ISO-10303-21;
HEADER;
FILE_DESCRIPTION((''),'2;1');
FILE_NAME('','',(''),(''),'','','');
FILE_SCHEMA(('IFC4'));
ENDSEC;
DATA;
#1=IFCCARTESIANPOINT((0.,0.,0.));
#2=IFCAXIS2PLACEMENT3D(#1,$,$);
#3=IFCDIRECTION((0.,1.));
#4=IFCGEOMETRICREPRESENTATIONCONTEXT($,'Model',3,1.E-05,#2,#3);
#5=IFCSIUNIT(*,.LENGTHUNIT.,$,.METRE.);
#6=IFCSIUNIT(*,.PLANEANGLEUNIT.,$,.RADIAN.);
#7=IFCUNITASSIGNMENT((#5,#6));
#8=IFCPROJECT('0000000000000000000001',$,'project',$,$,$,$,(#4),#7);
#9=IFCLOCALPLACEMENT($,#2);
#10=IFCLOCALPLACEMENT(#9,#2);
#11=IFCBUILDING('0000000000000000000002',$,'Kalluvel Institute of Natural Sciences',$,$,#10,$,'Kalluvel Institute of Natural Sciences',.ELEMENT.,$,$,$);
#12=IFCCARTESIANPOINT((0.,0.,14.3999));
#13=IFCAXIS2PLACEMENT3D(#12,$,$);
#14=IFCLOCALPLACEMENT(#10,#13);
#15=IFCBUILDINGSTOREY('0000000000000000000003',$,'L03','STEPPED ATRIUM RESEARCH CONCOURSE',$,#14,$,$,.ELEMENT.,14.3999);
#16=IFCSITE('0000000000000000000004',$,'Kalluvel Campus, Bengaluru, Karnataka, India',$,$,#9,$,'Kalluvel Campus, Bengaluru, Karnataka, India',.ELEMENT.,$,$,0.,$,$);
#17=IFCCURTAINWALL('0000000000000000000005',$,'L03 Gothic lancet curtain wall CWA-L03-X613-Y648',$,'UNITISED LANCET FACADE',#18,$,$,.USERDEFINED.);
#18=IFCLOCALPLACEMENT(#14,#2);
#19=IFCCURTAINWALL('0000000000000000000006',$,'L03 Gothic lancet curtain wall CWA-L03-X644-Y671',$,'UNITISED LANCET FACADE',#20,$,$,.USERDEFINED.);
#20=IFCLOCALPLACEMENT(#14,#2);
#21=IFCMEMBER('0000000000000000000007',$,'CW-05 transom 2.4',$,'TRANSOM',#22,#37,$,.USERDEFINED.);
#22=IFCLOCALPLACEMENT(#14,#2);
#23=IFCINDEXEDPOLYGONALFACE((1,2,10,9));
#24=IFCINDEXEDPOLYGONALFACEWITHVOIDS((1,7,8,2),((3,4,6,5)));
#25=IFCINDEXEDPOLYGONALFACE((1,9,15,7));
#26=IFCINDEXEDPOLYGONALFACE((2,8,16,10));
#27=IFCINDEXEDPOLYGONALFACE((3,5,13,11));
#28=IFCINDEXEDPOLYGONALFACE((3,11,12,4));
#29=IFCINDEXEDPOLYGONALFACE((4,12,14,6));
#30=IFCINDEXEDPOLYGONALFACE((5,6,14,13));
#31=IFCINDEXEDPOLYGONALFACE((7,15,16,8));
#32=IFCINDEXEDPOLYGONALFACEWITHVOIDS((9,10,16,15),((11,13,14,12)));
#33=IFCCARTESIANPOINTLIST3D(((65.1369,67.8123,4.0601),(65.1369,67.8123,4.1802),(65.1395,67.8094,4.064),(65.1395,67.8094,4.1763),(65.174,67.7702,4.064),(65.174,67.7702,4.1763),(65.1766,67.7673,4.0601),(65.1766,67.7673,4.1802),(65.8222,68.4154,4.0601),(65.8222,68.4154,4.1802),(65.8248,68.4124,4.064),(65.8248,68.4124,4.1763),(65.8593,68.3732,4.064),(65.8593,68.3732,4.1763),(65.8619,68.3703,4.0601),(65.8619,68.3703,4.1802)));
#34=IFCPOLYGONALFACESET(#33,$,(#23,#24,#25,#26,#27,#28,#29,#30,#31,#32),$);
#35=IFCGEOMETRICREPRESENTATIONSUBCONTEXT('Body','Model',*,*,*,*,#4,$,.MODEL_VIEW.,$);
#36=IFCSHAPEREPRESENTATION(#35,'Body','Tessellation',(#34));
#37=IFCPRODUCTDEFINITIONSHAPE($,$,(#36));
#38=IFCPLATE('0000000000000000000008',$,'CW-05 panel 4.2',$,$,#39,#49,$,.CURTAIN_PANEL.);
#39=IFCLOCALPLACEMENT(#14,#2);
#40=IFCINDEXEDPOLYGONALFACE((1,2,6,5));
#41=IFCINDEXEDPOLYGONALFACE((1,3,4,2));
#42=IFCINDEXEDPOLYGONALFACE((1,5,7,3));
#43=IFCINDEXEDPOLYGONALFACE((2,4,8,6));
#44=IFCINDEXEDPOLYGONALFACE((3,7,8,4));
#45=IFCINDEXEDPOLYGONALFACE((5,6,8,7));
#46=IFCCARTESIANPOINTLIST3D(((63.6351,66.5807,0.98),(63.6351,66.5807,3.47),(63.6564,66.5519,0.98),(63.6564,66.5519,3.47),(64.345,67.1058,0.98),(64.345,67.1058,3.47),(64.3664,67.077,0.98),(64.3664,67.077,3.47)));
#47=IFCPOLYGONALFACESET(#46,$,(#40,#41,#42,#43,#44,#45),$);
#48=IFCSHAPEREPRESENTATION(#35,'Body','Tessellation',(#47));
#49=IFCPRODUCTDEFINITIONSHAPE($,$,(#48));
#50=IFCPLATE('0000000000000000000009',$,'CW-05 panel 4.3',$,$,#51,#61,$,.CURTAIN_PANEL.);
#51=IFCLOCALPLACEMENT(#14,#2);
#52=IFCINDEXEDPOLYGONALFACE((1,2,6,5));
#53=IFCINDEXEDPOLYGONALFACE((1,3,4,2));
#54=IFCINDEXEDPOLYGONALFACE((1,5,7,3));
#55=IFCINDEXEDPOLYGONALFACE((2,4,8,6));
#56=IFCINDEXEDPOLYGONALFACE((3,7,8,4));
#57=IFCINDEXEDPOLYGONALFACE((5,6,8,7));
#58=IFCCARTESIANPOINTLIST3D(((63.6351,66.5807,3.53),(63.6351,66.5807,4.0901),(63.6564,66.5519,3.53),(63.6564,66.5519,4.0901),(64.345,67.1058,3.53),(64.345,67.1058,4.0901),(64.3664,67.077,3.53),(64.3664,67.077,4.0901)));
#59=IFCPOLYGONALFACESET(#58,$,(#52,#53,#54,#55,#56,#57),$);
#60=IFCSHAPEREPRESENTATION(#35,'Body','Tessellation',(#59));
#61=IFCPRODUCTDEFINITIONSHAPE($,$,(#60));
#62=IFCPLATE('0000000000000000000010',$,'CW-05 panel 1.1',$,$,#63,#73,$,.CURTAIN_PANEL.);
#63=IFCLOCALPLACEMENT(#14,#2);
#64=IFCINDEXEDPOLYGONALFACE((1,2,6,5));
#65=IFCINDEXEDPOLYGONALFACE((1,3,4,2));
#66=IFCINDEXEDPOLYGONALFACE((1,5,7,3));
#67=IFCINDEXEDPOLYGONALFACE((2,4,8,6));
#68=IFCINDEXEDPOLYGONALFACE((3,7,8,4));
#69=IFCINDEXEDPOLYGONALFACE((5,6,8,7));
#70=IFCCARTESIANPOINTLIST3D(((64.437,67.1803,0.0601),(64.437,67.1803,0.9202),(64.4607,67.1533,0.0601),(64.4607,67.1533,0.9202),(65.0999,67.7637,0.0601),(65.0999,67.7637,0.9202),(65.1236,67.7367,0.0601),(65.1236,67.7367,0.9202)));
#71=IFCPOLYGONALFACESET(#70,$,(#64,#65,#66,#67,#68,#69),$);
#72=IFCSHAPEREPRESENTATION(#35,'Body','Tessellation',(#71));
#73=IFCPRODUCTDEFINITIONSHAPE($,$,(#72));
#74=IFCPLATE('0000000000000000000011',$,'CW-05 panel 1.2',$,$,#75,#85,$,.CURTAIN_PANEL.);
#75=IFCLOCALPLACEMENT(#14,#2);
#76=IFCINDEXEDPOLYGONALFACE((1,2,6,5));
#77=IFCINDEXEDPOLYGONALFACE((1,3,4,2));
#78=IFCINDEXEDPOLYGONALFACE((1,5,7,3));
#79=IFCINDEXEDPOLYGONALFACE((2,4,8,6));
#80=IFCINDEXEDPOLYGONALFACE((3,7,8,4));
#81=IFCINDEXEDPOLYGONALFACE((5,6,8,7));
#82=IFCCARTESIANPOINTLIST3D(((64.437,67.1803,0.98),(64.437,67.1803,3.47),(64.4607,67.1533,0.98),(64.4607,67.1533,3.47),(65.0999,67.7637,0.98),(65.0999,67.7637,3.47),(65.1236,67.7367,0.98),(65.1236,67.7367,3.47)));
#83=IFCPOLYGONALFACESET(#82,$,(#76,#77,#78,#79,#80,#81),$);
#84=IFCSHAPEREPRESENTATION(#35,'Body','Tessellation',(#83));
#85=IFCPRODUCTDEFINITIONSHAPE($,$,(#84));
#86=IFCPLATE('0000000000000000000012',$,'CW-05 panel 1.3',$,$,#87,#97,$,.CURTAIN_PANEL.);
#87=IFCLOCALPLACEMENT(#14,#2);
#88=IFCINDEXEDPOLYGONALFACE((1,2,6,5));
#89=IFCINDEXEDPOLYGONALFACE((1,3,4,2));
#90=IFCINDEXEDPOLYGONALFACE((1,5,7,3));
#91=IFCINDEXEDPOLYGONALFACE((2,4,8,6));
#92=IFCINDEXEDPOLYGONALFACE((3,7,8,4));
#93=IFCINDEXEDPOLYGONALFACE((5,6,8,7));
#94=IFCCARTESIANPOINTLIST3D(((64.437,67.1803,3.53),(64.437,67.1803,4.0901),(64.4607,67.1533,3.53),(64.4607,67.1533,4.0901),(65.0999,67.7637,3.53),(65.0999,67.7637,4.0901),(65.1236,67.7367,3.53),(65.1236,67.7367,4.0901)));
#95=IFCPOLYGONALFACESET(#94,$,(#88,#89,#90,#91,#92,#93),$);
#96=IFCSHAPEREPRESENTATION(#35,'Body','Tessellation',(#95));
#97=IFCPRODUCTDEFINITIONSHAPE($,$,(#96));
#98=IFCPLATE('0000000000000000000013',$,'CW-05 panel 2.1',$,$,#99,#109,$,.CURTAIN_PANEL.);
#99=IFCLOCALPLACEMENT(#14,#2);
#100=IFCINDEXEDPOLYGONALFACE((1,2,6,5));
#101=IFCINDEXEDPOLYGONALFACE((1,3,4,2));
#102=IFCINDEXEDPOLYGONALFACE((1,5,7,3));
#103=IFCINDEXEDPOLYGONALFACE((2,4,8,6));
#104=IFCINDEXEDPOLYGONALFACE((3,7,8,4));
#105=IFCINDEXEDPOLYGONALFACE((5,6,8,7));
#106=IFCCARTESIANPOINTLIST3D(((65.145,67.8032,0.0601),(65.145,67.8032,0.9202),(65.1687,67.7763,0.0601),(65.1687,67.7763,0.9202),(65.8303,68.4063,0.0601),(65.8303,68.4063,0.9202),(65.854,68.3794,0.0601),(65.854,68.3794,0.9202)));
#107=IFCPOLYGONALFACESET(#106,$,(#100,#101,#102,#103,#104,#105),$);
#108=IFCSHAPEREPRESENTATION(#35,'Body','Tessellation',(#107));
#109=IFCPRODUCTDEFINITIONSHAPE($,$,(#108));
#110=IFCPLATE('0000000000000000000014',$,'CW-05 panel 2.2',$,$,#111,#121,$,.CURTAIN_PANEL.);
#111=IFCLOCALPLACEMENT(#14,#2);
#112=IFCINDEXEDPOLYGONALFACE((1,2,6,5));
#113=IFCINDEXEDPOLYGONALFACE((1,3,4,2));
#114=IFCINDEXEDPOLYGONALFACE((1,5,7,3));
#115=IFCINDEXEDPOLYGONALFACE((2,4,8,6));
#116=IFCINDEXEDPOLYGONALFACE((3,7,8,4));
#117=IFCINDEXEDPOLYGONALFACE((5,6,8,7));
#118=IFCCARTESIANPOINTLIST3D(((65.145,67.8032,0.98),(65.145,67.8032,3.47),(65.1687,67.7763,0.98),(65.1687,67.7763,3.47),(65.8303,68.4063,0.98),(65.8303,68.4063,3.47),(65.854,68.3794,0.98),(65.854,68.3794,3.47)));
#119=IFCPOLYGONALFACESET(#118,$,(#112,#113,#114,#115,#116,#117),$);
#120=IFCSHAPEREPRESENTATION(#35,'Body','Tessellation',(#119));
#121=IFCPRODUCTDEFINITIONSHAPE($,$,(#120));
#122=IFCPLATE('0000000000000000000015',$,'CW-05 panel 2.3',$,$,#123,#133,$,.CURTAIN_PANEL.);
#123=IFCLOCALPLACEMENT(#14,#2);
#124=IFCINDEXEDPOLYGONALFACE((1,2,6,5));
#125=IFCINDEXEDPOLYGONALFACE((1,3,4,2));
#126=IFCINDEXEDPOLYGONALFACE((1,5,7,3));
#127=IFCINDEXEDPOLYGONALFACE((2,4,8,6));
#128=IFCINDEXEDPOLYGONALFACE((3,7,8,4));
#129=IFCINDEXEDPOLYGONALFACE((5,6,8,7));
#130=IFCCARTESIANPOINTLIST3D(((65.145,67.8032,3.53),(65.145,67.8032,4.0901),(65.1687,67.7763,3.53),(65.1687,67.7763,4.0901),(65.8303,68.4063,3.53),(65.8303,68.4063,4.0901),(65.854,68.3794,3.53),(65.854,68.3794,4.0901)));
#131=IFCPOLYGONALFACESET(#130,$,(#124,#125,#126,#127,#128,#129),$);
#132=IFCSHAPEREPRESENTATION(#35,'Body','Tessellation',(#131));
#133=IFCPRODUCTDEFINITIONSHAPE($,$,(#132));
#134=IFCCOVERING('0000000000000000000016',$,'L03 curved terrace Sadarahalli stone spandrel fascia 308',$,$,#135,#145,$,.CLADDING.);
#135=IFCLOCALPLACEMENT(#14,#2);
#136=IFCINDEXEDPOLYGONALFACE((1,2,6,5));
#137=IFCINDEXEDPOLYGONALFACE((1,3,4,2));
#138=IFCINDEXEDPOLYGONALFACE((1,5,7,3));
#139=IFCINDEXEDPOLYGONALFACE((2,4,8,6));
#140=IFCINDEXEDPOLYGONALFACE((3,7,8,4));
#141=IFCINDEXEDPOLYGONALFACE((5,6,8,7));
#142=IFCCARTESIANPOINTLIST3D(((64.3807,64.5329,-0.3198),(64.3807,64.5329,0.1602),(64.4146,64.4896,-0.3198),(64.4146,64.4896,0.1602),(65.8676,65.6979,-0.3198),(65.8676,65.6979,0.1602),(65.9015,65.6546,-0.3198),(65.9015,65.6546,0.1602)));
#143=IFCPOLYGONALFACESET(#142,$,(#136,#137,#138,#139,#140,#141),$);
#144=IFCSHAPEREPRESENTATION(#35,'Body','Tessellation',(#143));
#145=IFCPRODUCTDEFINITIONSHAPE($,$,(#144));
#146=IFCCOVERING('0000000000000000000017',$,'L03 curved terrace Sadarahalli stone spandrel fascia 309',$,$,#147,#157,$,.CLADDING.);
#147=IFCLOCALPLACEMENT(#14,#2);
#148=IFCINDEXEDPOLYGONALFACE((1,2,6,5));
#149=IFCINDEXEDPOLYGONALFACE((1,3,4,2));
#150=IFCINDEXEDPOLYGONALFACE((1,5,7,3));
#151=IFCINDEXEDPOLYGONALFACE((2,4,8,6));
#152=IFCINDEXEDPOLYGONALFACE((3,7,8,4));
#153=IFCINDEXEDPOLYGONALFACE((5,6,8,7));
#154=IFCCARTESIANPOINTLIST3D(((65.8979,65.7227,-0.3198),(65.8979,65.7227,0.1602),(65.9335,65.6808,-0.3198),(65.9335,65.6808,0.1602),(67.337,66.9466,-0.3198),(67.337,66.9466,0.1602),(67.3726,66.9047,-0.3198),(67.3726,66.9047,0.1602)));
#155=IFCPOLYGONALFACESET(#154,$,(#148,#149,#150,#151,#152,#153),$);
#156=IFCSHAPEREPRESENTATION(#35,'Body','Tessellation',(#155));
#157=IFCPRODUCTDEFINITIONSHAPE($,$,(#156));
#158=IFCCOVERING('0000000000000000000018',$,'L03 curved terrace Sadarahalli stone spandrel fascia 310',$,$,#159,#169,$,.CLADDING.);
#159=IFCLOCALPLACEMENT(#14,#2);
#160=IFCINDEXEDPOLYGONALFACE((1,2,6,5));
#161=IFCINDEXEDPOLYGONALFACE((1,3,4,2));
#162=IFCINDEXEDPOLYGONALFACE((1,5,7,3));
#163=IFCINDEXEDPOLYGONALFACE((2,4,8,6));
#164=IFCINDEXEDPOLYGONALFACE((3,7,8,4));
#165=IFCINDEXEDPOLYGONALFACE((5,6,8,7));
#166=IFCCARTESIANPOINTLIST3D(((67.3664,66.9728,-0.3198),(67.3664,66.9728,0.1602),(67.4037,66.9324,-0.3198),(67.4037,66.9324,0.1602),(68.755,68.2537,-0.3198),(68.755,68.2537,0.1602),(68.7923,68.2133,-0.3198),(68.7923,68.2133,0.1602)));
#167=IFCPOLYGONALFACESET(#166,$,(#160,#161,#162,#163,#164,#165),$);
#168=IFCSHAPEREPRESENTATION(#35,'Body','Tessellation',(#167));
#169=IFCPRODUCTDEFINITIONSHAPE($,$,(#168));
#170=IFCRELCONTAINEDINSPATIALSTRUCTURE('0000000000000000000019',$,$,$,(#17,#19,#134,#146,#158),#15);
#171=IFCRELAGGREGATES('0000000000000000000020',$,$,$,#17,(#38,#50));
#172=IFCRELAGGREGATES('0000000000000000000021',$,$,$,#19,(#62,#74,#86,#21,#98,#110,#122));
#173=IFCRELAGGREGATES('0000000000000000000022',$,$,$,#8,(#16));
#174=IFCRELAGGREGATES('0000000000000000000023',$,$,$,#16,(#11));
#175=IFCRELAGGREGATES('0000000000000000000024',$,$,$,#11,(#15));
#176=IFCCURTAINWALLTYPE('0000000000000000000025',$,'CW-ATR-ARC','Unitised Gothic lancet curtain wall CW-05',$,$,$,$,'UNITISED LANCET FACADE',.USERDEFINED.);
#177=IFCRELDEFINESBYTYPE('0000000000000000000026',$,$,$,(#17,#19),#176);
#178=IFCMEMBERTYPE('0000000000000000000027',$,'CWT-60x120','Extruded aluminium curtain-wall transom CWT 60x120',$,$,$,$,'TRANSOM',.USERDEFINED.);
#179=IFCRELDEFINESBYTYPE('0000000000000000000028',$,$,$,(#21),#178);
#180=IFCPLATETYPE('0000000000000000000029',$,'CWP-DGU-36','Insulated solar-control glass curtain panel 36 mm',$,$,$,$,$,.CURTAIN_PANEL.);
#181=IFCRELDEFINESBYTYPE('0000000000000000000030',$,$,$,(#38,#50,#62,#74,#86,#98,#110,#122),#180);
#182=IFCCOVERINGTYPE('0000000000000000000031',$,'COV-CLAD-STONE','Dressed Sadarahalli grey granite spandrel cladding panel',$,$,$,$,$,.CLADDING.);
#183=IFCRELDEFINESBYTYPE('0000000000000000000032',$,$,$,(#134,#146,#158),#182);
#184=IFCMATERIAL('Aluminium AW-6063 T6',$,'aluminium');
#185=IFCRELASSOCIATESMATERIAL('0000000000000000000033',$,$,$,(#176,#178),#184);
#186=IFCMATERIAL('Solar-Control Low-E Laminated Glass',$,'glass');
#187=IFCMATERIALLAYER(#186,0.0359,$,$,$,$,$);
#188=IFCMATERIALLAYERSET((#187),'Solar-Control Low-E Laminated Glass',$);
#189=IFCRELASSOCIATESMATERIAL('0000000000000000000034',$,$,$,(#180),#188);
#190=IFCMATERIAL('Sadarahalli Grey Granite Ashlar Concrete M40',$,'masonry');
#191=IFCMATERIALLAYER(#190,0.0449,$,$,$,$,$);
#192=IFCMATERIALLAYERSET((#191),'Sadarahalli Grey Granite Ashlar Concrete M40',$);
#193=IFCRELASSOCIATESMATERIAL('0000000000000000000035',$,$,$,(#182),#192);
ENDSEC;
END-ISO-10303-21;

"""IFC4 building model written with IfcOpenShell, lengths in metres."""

from ifc_helpers import new_model, si_unit, direction, frame, origin, origin_2d, place, context, subcontext, project, spatial, rectangle, hollow_rectangle, extrude, material, layer, layer_set, material_profile, profile_set, type_object, element, aggregate, save


model = new_model("IFC4")

# Units and contexts
model_context = context("Model", 3, precision=1e-05, world=origin(), true_north=direction((0.0, 1.0)))
body_context = subcontext(model_context, "Body", "Model", "MODEL_VIEW")
ifc_project = project(units=[si_unit("LENGTHUNIT", "METRE"), si_unit("PLANEANGLEUNIT", "RADIAN")], contexts=[model_context])

# Site, building, storey
site_placement = place(None, origin())
site = spatial("IfcSite", under=ifc_project, at=site_placement, Name="Kalluvel Campus, Bengaluru, Karnataka, India", LongName="Kalluvel Campus, Bengaluru, Karnataka, India", CompositionType="ELEMENT", RefElevation=0.0)
building_placement = place(site_placement, origin())
building = spatial("IfcBuilding", under=site, at=building_placement, Name="Kalluvel Institute of Natural Sciences", LongName="Kalluvel Institute of Natural Sciences", CompositionType="ELEMENT")
storey_placement = place(building_placement, frame((0.0, 0.0, 14.3999)))
storey = spatial("IfcBuildingStorey", under=building, at=storey_placement, Name="L03", Description="STEPPED ATRIUM RESEARCH CONCOURSE", CompositionType="ELEMENT", Elevation=14.3999)

# Curtain wall
ifc_material_1 = material(Name="Aluminium AW-6063 T6", Category="aluminium")
curtain_wall_type = type_object("IfcCurtainWallType", Name="CW-ATR-ARC", Description="Unitised Gothic lancet curtain wall CW-05", ElementType="UNITISED LANCET FACADE", PredefinedType="USERDEFINED", material=ifc_material_1)
curtain_wall_1_placement = place(storey_placement, origin())
curtain_wall_1 = element("IfcCurtainWall", 1, at=curtain_wall_1_placement, inside=storey, type_object=curtain_wall_type, Name="L03 Gothic lancet curtain wall CWA-L03-X613-Y648", ObjectType="UNITISED LANCET FACADE", PredefinedType="USERDEFINED")

# Curtain wall, member
curtain_wall_2_placement = place(storey_placement, origin())
curtain_wall_2 = element("IfcCurtainWall", 2, at=curtain_wall_2_placement, inside=storey, type_object=curtain_wall_type, Name="L03 Gothic lancet curtain wall CWA-L03-X644-Y671", ObjectType="UNITISED LANCET FACADE", PredefinedType="USERDEFINED")
ifc_material_profile_1 = material_profile(ifc_material_1, hollow_rectangle(XDim=0.0601, YDim=0.1201, WallThickness=0.0039, at=origin_2d()), Name="CWT 60x120")
ifc_profile_set_1 = profile_set([ifc_material_profile_1], Name="Aluminium AW-6063 T6")
member_type_1 = type_object("IfcMemberType", Name="CWT-60x120", Description="Extruded aluminium curtain-wall transom CWT 60x120", ElementType="TRANSOM", PredefinedType="USERDEFINED", material=ifc_profile_set_1)
member_1_placement = place(storey_placement, frame((65.1567, 67.7898, 4.1201), z_axis=(0.750735, 0.660604, 0.0), x_axis=(-0.660604, 0.750735, 0.0)))
member_1 = element("IfcMember", 3, at=member_1_placement, type_object=member_type_1, Name="CW-05 transom 2.4", ObjectType="TRANSOM", PredefinedType="USERDEFINED", context=body_context, shape_type="SweptSolid", body=[
    extrude(hollow_rectangle(XDim=0.0601, YDim=0.1201, WallThickness=0.0039, at=origin_2d()), origin(), (0.0, 0.0, 1.0), 0.9128),
])

# Plates
ifc_material_2 = material(Name="Solar-Control Low-E Laminated Glass", Category="glass")
ifc_layer_1 = layer(ifc_material_2, 0.0359)
ifc_layer_set_1 = layer_set([ifc_layer_1], Name="Solar-Control Low-E Laminated Glass")
plate_type = type_object("IfcPlateType", Name="CWP-DGU-36", Description="Insulated solar-control glass curtain panel 36 mm", PredefinedType="CURTAIN_PANEL", material=ifc_layer_set_1)
plate_1_placement = place(storey_placement, frame((64.0007, 66.8289, 0.98), z_axis=(0.0, 0.0, 1.0), x_axis=(0.803993, 0.594638, 0.0)))
plate_1 = element("IfcPlate", 4, at=plate_1_placement, type_object=plate_type, Name="CW-05 panel 4.2", PredefinedType="CURTAIN_PANEL", context=body_context, shape_type="SweptSolid", body=[
    extrude(rectangle(XDim=0.8831, YDim=0.0359, at=origin_2d()), origin(), (0.0, 0.0, 1.0), 2.49),
])
plate_2_placement = place(storey_placement, frame((64.0007, 66.8289, 3.53), z_axis=(0.0, 0.0, 1.0), x_axis=(0.803993, 0.594638, 0.0)))
plate_2 = element("IfcPlate", 5, at=plate_2_placement, type_object=plate_type, Name="CW-05 panel 4.3", PredefinedType="CURTAIN_PANEL", context=body_context, shape_type="SweptSolid", body=[
    extrude(rectangle(XDim=0.8831, YDim=0.0359, at=origin_2d()), origin(), (0.0, 0.0, 1.0), 0.5601),
])
aggregate(curtain_wall_1, [plate_1, plate_2])
plate_3_placement = place(storey_placement, frame((64.7803, 67.4585, 0.0601), z_axis=(0.0, 0.0, 1.0), x_axis=(0.750678, 0.660668, 0.0)))
plate_3 = element("IfcPlate", 6, at=plate_3_placement, type_object=plate_type, Name="CW-05 panel 1.1", PredefinedType="CURTAIN_PANEL", context=body_context, shape_type="SweptSolid", body=[
    extrude(rectangle(XDim=0.8831, YDim=0.0359, at=origin_2d()), origin(), (0.0, 0.0, 1.0), 0.8601),
])
plate_4_placement = place(storey_placement, frame((64.7803, 67.4585, 0.98), z_axis=(0.0, 0.0, 1.0), x_axis=(0.750678, 0.660668, 0.0)))
plate_4 = element("IfcPlate", 7, at=plate_4_placement, type_object=plate_type, Name="CW-05 panel 1.2", PredefinedType="CURTAIN_PANEL", context=body_context, shape_type="SweptSolid", body=[
    extrude(rectangle(XDim=0.8831, YDim=0.0359, at=origin_2d()), origin(), (0.0, 0.0, 1.0), 2.49),
])
plate_5_placement = place(storey_placement, frame((64.7803, 67.4585, 3.53), z_axis=(0.0, 0.0, 1.0), x_axis=(0.750678, 0.660668, 0.0)))
plate_5 = element("IfcPlate", 8, at=plate_5_placement, type_object=plate_type, Name="CW-05 panel 1.3", PredefinedType="CURTAIN_PANEL", context=body_context, shape_type="SweptSolid", body=[
    extrude(rectangle(XDim=0.8831, YDim=0.0359, at=origin_2d()), origin(), (0.0, 0.0, 1.0), 0.5601),
])
plate_6_placement = place(storey_placement, frame((65.4995, 68.0913, 0.0601), z_axis=(0.0, 0.0, 1.0), x_axis=(0.750678, 0.660668, 0.0)))
plate_6 = element("IfcPlate", 9, at=plate_6_placement, type_object=plate_type, Name="CW-05 panel 2.1", PredefinedType="CURTAIN_PANEL", context=body_context, shape_type="SweptSolid", body=[
    extrude(rectangle(XDim=0.9128, YDim=0.0359, at=origin_2d()), origin(), (0.0, 0.0, 1.0), 0.8601),
])
plate_7_placement = place(storey_placement, frame((65.4995, 68.0913, 0.98), z_axis=(0.0, 0.0, 1.0), x_axis=(0.750678, 0.660668, 0.0)))
plate_7 = element("IfcPlate", 10, at=plate_7_placement, type_object=plate_type, Name="CW-05 panel 2.2", PredefinedType="CURTAIN_PANEL", context=body_context, shape_type="SweptSolid", body=[
    extrude(rectangle(XDim=0.9128, YDim=0.0359, at=origin_2d()), origin(), (0.0, 0.0, 1.0), 2.49),
])
plate_8_placement = place(storey_placement, frame((65.4995, 68.0913, 3.53), z_axis=(0.0, 0.0, 1.0), x_axis=(0.750678, 0.660668, 0.0)))
plate_8 = element("IfcPlate", 11, at=plate_8_placement, type_object=plate_type, Name="CW-05 panel 2.3", PredefinedType="CURTAIN_PANEL", context=body_context, shape_type="SweptSolid", body=[
    extrude(rectangle(XDim=0.9128, YDim=0.0359, at=origin_2d()), origin(), (0.0, 0.0, 1.0), 0.5601),
])
aggregate(curtain_wall_2, [plate_3, plate_4, plate_5, member_1, plate_6, plate_7, plate_8])

# Coverings
ifc_material_3 = material(Name="Sadarahalli Grey Granite Ashlar Concrete M40", Category="masonry")
ifc_layer_2 = layer(ifc_material_3, 0.0449)
ifc_layer_set_2 = layer_set([ifc_layer_2], Name="Sadarahalli Grey Granite Ashlar Concrete M40")
covering_type = type_object("IfcCoveringType", Name="COV-CLAD-STONE", Description="Dressed Sadarahalli grey granite spandrel cladding panel", PredefinedType="CLADDING", material=ifc_layer_set_2)
covering_placement = place(storey_placement, frame((65.1411, 65.0938, -0.3198), z_axis=(0.0, 0.0, 1.0), x_axis=(0.78715, 0.616761, 0.0)))
element("IfcCovering", 12, at=covering_placement, inside=storey, type_object=covering_type, Name="L03 curved terrace Sadarahalli stone spandrel fascia 308", PredefinedType="CLADDING", context=body_context, shape_type="SweptSolid", body=[
    extrude(rectangle(XDim=1.8889, YDim=0.0549, at=origin_2d()), origin(), (0.0, 0.0, 1.0), 0.48),
])
for number, where, z_axis, x_axis, name in (
    (13, (66.6353, 66.3137, -0.3198), (0.0, 0.0, 1.0), (0.761764, 0.647854, 0.0), "L03 curved terrace Sadarahalli stone spandrel fascia 309"),
    (14, (68.0793, 67.593, -0.3198), (0.0, 0.0, 1.0), (0.735033, 0.678031, 0.0), "L03 curved terrace Sadarahalli stone spandrel fascia 310"),
):
    element("IfcCovering", number, at=place(storey_placement, frame(where, z_axis=z_axis, x_axis=x_axis)), inside=storey, type_object=covering_type, Name=name, PredefinedType="CLADDING", context=body_context, shape_type="SweptSolid", body=[
        extrude(rectangle(XDim=1.8892, YDim=0.0549, at=origin_2d()), origin(), (0.0, 0.0, 1.0), 0.48),
    ])

save(model, "model.ifc")
